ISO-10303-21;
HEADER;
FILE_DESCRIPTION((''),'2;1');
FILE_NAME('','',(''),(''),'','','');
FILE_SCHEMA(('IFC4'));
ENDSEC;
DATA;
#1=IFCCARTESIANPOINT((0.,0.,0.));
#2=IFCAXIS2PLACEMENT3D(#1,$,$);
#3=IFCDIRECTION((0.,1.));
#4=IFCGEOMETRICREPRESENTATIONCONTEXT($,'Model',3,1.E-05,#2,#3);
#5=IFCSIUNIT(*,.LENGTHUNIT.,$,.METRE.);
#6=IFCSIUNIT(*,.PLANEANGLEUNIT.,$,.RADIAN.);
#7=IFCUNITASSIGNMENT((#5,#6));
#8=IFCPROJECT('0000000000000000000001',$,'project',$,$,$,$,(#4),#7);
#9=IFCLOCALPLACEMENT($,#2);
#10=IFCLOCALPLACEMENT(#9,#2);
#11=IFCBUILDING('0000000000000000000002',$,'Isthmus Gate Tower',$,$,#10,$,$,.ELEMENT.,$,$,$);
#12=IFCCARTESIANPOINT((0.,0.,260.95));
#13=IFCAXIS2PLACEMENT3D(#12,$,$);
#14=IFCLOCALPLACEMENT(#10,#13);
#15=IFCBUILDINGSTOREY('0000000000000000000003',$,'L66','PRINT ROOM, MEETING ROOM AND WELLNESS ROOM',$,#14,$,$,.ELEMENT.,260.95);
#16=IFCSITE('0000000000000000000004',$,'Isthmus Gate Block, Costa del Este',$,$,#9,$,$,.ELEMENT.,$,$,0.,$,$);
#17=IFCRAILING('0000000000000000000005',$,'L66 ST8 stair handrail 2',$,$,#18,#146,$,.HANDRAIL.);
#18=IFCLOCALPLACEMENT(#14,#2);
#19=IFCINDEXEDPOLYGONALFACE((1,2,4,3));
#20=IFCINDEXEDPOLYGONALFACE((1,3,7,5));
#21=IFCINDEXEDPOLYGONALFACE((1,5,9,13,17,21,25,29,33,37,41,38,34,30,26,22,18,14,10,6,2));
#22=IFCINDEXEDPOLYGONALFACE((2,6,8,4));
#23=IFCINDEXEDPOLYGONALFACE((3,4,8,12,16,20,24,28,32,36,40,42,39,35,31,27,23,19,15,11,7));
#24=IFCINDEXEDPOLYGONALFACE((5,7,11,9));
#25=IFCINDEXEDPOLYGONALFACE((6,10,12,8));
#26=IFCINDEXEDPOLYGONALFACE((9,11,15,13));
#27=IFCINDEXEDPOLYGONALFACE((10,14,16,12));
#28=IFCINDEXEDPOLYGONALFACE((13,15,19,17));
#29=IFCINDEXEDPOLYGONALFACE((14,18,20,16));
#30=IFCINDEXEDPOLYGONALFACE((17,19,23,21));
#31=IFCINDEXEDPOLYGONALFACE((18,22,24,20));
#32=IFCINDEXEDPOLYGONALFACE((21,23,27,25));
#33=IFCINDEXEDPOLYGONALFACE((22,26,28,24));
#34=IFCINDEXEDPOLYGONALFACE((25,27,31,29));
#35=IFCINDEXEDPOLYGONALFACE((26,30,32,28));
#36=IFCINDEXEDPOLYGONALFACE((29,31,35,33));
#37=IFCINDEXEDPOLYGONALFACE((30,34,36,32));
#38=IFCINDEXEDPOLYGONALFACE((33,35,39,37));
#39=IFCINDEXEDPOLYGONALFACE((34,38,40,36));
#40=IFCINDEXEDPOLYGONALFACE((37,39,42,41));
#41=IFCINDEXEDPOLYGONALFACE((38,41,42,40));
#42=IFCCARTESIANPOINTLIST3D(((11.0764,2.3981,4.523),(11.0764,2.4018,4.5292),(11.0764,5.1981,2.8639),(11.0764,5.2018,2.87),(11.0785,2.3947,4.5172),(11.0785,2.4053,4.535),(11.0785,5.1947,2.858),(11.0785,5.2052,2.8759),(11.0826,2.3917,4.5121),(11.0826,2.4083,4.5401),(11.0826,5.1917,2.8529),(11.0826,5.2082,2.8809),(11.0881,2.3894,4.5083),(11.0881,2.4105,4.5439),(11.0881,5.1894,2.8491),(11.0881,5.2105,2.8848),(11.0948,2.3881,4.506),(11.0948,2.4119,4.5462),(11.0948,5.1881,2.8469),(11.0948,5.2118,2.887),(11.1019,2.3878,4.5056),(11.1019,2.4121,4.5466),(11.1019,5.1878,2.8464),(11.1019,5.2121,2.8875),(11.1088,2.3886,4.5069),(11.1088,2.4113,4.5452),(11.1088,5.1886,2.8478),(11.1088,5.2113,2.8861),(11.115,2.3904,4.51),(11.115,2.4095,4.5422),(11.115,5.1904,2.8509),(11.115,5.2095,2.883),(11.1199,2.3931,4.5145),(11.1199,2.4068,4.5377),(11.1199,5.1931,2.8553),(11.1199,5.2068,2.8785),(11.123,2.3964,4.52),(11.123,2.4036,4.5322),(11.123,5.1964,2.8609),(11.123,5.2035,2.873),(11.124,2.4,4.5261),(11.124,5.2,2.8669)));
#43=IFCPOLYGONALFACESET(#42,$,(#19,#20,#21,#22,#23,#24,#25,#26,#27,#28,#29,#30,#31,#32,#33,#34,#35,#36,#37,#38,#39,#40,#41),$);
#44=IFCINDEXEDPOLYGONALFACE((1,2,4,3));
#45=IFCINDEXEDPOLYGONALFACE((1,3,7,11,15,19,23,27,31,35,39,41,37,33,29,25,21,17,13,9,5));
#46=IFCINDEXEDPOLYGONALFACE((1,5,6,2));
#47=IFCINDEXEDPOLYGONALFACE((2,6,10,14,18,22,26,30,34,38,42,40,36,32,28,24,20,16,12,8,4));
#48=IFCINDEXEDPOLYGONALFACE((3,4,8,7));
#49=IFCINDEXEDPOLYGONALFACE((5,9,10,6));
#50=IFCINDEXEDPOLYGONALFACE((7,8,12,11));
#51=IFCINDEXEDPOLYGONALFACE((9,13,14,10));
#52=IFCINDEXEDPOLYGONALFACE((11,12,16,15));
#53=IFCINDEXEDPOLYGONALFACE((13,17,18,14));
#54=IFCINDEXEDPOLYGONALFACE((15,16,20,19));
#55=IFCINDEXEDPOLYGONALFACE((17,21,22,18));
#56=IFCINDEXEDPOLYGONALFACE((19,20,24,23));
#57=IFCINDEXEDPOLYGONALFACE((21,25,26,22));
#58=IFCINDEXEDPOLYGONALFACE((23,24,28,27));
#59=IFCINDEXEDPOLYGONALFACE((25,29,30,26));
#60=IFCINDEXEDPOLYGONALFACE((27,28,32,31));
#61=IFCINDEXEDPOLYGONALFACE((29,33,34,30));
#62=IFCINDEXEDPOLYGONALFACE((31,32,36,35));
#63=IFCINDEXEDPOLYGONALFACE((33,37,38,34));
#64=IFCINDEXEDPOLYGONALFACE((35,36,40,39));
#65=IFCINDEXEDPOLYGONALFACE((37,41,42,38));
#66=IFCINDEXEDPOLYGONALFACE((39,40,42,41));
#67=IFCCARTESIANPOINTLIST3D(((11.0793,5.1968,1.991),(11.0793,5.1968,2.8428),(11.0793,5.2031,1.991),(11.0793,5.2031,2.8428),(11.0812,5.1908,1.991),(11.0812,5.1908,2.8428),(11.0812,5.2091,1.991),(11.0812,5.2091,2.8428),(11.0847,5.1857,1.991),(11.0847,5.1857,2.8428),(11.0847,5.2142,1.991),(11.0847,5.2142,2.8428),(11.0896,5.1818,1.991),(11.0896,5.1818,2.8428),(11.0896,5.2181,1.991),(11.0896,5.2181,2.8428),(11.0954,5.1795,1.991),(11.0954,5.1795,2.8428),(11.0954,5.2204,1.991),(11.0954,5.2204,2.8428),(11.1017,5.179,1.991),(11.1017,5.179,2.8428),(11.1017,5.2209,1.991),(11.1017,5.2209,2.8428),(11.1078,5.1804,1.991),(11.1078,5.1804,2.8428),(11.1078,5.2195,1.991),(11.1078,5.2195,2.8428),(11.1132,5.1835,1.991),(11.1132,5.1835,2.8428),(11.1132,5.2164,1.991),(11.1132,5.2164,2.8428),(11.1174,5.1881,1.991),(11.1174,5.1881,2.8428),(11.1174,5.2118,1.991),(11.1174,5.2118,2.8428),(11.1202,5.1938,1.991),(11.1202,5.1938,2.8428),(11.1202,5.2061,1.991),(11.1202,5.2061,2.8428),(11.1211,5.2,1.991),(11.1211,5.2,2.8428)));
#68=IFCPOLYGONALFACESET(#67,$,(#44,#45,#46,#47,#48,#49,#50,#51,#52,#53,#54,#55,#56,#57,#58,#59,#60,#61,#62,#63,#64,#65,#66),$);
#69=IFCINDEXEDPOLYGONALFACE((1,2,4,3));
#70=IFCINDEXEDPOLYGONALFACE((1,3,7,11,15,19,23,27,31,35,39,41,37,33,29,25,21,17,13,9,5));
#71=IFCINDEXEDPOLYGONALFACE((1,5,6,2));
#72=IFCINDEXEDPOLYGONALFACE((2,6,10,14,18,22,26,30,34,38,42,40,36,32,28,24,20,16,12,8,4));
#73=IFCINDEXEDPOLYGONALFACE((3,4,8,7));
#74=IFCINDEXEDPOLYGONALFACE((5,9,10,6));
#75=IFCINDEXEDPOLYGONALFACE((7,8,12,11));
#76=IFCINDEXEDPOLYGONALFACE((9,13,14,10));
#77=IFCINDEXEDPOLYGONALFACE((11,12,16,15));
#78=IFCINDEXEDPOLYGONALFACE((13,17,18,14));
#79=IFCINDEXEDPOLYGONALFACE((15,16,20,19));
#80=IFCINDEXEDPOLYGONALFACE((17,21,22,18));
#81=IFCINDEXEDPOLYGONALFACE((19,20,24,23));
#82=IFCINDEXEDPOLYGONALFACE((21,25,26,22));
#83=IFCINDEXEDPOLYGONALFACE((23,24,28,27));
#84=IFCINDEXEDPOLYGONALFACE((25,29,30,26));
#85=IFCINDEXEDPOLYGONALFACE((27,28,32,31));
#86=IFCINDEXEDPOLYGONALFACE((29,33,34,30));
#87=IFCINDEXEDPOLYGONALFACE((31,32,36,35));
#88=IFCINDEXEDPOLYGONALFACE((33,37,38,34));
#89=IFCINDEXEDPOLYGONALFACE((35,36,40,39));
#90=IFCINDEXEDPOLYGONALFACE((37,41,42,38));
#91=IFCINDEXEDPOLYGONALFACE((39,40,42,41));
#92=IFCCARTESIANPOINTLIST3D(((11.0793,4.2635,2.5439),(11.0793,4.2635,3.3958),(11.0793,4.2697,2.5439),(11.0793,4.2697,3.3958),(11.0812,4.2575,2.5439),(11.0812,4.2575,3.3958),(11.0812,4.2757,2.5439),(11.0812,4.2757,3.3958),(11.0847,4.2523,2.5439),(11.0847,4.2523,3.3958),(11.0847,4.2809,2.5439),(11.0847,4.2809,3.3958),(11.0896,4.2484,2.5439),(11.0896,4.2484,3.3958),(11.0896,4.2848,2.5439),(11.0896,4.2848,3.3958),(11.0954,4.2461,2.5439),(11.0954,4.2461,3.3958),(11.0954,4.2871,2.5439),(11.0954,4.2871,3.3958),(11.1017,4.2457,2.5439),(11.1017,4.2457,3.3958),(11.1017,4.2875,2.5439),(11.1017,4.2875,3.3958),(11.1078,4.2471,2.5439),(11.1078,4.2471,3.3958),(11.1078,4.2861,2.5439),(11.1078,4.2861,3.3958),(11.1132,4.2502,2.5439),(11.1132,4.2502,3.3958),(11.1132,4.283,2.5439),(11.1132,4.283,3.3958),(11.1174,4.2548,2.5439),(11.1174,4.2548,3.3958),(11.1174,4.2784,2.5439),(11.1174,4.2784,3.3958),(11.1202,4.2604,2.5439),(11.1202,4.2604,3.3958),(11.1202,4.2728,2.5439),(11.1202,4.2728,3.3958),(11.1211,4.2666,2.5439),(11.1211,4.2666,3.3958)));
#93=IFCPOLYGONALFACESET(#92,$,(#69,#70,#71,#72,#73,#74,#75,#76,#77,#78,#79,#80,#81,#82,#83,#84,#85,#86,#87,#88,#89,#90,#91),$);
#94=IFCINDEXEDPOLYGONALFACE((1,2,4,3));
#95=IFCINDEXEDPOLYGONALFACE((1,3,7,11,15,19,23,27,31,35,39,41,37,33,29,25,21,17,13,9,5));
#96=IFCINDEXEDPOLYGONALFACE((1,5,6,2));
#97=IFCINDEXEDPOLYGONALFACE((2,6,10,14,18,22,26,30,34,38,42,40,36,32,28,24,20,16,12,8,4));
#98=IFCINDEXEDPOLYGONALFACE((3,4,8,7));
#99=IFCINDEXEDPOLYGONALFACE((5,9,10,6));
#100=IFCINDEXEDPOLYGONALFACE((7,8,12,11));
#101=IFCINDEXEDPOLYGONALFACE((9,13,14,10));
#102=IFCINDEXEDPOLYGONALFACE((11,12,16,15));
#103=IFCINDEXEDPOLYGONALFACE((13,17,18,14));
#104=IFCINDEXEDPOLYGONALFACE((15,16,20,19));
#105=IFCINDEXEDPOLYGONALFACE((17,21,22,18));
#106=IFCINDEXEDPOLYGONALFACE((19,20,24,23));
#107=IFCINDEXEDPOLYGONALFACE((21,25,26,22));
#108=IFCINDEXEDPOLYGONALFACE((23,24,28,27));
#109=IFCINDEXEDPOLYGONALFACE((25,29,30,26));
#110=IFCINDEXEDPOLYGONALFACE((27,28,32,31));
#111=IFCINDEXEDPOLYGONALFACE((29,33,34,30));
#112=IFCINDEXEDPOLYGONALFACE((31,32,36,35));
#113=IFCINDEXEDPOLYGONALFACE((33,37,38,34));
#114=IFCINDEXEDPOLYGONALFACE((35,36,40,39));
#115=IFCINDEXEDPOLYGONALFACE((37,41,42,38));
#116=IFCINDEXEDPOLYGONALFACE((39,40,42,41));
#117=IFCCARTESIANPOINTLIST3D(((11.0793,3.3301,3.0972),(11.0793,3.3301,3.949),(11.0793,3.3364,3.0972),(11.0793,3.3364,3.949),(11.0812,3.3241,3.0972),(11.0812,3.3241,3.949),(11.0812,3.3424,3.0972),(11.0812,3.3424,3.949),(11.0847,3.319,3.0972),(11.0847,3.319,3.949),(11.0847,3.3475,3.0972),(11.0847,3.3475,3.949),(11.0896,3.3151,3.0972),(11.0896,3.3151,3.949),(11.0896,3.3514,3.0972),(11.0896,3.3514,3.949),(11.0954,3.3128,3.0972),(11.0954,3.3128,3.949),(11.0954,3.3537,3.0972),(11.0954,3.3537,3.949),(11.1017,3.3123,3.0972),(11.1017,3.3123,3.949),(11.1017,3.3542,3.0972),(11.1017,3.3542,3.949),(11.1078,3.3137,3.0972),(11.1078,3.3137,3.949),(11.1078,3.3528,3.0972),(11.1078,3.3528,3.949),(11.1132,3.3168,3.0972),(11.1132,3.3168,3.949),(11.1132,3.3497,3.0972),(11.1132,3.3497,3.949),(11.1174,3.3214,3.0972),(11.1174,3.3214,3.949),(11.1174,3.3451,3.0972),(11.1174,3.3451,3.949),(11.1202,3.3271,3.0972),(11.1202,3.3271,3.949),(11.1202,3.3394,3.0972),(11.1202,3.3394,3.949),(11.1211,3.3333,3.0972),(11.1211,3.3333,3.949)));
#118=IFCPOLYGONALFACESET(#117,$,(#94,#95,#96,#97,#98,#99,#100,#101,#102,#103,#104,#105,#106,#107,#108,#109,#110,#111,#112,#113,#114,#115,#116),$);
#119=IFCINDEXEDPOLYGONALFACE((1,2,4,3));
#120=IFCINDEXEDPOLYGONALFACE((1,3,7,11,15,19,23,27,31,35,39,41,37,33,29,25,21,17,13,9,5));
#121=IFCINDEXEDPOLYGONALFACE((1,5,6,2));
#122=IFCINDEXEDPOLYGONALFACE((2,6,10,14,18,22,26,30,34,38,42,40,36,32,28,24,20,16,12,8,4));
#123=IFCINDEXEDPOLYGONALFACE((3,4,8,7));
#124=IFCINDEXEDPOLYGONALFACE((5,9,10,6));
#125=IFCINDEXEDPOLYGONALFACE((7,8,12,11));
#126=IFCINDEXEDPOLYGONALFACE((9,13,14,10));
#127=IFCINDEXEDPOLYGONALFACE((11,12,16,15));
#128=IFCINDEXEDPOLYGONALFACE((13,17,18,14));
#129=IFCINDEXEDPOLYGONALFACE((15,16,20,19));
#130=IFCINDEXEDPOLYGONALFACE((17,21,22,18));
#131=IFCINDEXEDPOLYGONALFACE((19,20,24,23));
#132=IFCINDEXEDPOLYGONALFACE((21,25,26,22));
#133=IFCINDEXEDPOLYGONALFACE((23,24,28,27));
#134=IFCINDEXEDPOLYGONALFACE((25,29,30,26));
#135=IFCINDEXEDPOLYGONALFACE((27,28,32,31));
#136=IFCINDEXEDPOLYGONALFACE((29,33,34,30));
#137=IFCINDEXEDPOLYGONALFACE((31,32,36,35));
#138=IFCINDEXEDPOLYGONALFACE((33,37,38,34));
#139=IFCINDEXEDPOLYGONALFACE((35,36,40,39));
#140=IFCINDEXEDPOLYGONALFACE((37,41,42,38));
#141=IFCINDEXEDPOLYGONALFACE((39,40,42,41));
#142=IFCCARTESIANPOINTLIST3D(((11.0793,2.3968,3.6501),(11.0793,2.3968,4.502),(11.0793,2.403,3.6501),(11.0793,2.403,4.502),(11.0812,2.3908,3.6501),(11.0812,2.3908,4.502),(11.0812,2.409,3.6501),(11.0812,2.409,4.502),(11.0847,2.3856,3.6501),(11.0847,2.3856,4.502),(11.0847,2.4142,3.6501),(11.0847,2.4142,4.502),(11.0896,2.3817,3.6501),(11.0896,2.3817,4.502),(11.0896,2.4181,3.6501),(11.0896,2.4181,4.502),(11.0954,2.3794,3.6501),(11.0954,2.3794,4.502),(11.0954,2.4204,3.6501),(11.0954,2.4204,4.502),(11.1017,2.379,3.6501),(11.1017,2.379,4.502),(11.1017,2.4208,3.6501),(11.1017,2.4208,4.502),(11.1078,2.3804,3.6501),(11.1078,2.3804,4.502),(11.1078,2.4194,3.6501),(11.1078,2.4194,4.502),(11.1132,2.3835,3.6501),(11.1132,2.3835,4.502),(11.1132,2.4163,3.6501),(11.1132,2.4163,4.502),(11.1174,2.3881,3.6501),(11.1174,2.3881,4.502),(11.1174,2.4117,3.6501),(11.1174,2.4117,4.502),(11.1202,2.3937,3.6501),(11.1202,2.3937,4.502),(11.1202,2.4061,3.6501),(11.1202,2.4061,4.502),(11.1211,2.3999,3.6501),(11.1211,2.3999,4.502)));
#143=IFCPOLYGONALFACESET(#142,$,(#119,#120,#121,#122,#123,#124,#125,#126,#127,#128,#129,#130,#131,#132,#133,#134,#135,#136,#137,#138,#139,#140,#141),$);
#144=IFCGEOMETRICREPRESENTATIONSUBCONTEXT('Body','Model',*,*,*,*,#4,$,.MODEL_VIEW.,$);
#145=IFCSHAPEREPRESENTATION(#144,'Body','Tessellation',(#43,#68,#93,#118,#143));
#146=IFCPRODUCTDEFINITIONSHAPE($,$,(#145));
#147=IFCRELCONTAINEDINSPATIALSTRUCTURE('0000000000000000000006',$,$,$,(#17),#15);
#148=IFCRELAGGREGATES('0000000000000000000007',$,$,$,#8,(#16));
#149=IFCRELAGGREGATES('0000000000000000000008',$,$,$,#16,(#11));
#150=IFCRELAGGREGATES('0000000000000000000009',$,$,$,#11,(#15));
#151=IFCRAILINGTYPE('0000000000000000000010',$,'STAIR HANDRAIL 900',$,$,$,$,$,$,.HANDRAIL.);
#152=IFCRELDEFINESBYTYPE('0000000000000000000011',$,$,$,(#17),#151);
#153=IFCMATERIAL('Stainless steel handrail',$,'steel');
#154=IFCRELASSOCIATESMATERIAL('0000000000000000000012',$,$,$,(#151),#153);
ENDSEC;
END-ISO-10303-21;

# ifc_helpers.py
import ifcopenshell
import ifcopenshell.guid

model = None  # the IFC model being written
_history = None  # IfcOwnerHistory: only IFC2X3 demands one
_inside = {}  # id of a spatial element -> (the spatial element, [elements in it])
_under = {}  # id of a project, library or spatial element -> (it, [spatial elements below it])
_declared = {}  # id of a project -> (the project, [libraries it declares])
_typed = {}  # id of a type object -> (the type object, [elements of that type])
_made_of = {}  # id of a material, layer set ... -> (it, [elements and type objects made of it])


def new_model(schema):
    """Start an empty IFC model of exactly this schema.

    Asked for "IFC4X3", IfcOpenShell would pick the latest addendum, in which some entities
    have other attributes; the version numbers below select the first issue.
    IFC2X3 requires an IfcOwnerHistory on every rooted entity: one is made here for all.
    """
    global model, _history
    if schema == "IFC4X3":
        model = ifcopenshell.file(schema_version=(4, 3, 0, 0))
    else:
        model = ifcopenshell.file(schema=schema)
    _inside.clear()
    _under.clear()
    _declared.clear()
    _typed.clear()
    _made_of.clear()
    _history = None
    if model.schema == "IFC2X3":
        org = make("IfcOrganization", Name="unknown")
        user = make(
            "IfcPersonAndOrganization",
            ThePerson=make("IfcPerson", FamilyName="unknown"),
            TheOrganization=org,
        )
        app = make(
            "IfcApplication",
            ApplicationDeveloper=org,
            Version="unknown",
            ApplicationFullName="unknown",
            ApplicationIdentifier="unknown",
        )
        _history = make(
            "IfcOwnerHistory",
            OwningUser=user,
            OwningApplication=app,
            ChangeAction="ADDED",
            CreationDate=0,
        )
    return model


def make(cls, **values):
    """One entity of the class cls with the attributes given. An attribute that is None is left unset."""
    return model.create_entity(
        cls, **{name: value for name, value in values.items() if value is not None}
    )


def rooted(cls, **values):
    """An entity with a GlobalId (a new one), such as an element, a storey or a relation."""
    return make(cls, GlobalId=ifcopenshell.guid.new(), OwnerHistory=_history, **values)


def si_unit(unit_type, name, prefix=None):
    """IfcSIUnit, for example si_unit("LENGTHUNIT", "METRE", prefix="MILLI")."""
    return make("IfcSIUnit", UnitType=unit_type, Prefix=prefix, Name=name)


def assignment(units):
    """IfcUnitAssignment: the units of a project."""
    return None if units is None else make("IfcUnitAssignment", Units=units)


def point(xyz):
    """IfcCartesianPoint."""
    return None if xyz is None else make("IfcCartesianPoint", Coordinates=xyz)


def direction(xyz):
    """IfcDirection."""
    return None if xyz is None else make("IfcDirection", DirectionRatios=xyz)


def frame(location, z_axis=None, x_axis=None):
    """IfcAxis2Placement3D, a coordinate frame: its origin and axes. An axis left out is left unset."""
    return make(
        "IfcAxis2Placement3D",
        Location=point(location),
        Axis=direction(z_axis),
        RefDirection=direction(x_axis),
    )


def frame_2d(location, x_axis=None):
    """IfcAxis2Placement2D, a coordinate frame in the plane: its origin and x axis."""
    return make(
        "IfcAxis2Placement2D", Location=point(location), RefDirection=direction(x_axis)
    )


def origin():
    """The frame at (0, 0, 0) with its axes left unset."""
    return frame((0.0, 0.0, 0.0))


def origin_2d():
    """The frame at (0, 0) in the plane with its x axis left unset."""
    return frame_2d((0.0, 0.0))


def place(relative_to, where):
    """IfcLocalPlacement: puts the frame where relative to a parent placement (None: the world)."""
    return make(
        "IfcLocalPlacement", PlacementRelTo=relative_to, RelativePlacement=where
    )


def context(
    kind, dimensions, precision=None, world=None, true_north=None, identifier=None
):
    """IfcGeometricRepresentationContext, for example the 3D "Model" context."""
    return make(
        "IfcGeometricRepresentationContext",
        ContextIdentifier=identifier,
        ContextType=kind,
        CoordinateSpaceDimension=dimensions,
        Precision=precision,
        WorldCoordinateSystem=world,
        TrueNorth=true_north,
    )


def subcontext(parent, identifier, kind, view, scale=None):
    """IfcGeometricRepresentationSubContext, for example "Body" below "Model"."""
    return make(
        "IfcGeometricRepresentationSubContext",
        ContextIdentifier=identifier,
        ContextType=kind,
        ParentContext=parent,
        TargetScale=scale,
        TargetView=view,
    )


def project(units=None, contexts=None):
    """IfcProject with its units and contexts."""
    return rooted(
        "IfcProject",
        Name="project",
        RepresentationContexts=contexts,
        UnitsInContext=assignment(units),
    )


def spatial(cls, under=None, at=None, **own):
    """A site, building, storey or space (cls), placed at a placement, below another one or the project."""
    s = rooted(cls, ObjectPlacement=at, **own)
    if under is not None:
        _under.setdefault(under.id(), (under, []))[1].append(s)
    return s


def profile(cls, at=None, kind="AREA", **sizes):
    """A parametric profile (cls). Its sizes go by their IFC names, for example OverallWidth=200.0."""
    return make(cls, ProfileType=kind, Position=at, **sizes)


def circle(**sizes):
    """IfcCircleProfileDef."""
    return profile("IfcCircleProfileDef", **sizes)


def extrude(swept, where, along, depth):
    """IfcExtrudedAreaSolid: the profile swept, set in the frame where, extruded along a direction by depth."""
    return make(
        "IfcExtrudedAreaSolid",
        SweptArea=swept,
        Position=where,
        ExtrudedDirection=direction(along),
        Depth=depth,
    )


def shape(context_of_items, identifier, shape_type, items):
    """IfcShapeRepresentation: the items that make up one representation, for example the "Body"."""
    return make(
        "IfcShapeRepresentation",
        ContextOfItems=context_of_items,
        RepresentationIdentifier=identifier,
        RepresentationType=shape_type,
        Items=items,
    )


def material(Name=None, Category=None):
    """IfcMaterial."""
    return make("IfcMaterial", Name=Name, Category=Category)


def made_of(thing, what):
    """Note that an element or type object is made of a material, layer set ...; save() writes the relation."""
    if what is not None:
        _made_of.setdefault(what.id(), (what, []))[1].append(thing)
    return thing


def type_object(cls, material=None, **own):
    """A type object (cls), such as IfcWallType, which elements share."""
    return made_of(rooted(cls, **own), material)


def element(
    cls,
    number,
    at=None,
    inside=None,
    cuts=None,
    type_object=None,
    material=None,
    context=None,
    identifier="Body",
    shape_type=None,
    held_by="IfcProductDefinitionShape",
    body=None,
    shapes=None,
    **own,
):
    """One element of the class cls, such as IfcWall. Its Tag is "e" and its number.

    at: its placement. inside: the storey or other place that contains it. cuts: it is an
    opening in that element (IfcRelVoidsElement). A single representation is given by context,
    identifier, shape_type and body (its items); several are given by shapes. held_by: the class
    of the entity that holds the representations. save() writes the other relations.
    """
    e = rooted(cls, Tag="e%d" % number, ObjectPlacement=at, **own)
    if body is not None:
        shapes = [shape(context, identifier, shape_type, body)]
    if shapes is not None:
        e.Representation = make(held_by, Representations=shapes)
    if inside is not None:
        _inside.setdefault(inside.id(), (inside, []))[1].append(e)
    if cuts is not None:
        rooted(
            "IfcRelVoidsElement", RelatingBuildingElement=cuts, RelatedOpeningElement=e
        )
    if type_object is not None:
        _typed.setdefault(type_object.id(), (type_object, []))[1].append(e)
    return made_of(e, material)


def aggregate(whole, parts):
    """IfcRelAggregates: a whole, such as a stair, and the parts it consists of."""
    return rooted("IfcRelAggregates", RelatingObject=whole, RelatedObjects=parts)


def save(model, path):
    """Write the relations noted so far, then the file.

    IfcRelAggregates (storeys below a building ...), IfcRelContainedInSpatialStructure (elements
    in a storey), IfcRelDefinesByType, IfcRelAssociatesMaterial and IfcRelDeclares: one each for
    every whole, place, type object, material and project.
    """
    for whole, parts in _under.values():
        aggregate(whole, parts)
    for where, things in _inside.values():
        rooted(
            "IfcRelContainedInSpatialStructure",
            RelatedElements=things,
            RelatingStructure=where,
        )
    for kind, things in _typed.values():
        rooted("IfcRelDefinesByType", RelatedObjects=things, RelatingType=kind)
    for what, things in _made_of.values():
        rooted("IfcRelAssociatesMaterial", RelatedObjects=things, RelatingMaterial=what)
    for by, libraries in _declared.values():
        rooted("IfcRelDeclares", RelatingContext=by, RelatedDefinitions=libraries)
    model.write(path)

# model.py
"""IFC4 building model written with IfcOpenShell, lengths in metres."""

from ifc_helpers import new_model, si_unit, direction, frame, origin, origin_2d, place, context, subcontext, project, spatial, circle, extrude, material, type_object, element, save


model = new_model("IFC4")

# Units and contexts
model_context = context("Model", 3, precision=1e-05, world=origin(), true_north=direction((0.0, 1.0)))
body_context = subcontext(model_context, "Body", "Model", "MODEL_VIEW")
ifc_project = project(units=[si_unit("LENGTHUNIT", "METRE"), si_unit("PLANEANGLEUNIT", "RADIAN")], contexts=[model_context])

# Site, building, storey
site_placement = place(None, origin())
site = spatial("IfcSite", under=ifc_project, at=site_placement, Name="Isthmus Gate Block, Costa del Este", CompositionType="ELEMENT", RefElevation=0.0)
building_placement = place(site_placement, origin())
building = spatial("IfcBuilding", under=site, at=building_placement, Name="Isthmus Gate Tower", CompositionType="ELEMENT")
storey_placement = place(building_placement, frame((0.0, 0.0, 260.95)))
storey = spatial("IfcBuildingStorey", under=building, at=storey_placement, Name="L66", Description="PRINT ROOM, MEETING ROOM AND WELLNESS ROOM", CompositionType="ELEMENT", Elevation=260.95)

# Railing
ifc_material_1 = material(Name="Stainless steel handrail", Category="steel")
railing_type_1 = type_object("IfcRailingType", Name="STAIR HANDRAIL 900", PredefinedType="HANDRAIL", material=ifc_material_1)
railing_1_placement = place(storey_placement, frame((11.1001, 5.2, 1.991)))
element("IfcRailing", 1, at=railing_1_placement, inside=storey, type_object=railing_type_1, Name="L66 ST8 stair handrail 2", PredefinedType="HANDRAIL", context=body_context, shape_type="SweptSolid", body=[
    extrude(circle(Radius=0.0239, at=origin_2d()), frame((0.0, 0.0, 0.876), z_axis=(0.0, -0.860306, 0.509778), x_axis=(1.0, 0.0, 0.0)), (0.0, 0.0, 1.0), 3.2546),
    extrude(circle(Radius=0.021, at=origin_2d()), origin(), (0.0, 0.0, 1.0), 0.8518),
    extrude(circle(Radius=0.021, at=origin_2d()), frame((0.0, -0.9333, 0.553)), (0.0, 0.0, 1.0), 0.8518),
    extrude(circle(Radius=0.021, at=origin_2d()), frame((0.0, -1.8667, 1.1062)), (0.0, 0.0, 1.0), 0.8518),
    extrude(circle(Radius=0.021, at=origin_2d()), frame((0.0, -2.8, 1.6592)), (0.0, 0.0, 1.0), 0.8518),
])

save(model, "model.ifc")
